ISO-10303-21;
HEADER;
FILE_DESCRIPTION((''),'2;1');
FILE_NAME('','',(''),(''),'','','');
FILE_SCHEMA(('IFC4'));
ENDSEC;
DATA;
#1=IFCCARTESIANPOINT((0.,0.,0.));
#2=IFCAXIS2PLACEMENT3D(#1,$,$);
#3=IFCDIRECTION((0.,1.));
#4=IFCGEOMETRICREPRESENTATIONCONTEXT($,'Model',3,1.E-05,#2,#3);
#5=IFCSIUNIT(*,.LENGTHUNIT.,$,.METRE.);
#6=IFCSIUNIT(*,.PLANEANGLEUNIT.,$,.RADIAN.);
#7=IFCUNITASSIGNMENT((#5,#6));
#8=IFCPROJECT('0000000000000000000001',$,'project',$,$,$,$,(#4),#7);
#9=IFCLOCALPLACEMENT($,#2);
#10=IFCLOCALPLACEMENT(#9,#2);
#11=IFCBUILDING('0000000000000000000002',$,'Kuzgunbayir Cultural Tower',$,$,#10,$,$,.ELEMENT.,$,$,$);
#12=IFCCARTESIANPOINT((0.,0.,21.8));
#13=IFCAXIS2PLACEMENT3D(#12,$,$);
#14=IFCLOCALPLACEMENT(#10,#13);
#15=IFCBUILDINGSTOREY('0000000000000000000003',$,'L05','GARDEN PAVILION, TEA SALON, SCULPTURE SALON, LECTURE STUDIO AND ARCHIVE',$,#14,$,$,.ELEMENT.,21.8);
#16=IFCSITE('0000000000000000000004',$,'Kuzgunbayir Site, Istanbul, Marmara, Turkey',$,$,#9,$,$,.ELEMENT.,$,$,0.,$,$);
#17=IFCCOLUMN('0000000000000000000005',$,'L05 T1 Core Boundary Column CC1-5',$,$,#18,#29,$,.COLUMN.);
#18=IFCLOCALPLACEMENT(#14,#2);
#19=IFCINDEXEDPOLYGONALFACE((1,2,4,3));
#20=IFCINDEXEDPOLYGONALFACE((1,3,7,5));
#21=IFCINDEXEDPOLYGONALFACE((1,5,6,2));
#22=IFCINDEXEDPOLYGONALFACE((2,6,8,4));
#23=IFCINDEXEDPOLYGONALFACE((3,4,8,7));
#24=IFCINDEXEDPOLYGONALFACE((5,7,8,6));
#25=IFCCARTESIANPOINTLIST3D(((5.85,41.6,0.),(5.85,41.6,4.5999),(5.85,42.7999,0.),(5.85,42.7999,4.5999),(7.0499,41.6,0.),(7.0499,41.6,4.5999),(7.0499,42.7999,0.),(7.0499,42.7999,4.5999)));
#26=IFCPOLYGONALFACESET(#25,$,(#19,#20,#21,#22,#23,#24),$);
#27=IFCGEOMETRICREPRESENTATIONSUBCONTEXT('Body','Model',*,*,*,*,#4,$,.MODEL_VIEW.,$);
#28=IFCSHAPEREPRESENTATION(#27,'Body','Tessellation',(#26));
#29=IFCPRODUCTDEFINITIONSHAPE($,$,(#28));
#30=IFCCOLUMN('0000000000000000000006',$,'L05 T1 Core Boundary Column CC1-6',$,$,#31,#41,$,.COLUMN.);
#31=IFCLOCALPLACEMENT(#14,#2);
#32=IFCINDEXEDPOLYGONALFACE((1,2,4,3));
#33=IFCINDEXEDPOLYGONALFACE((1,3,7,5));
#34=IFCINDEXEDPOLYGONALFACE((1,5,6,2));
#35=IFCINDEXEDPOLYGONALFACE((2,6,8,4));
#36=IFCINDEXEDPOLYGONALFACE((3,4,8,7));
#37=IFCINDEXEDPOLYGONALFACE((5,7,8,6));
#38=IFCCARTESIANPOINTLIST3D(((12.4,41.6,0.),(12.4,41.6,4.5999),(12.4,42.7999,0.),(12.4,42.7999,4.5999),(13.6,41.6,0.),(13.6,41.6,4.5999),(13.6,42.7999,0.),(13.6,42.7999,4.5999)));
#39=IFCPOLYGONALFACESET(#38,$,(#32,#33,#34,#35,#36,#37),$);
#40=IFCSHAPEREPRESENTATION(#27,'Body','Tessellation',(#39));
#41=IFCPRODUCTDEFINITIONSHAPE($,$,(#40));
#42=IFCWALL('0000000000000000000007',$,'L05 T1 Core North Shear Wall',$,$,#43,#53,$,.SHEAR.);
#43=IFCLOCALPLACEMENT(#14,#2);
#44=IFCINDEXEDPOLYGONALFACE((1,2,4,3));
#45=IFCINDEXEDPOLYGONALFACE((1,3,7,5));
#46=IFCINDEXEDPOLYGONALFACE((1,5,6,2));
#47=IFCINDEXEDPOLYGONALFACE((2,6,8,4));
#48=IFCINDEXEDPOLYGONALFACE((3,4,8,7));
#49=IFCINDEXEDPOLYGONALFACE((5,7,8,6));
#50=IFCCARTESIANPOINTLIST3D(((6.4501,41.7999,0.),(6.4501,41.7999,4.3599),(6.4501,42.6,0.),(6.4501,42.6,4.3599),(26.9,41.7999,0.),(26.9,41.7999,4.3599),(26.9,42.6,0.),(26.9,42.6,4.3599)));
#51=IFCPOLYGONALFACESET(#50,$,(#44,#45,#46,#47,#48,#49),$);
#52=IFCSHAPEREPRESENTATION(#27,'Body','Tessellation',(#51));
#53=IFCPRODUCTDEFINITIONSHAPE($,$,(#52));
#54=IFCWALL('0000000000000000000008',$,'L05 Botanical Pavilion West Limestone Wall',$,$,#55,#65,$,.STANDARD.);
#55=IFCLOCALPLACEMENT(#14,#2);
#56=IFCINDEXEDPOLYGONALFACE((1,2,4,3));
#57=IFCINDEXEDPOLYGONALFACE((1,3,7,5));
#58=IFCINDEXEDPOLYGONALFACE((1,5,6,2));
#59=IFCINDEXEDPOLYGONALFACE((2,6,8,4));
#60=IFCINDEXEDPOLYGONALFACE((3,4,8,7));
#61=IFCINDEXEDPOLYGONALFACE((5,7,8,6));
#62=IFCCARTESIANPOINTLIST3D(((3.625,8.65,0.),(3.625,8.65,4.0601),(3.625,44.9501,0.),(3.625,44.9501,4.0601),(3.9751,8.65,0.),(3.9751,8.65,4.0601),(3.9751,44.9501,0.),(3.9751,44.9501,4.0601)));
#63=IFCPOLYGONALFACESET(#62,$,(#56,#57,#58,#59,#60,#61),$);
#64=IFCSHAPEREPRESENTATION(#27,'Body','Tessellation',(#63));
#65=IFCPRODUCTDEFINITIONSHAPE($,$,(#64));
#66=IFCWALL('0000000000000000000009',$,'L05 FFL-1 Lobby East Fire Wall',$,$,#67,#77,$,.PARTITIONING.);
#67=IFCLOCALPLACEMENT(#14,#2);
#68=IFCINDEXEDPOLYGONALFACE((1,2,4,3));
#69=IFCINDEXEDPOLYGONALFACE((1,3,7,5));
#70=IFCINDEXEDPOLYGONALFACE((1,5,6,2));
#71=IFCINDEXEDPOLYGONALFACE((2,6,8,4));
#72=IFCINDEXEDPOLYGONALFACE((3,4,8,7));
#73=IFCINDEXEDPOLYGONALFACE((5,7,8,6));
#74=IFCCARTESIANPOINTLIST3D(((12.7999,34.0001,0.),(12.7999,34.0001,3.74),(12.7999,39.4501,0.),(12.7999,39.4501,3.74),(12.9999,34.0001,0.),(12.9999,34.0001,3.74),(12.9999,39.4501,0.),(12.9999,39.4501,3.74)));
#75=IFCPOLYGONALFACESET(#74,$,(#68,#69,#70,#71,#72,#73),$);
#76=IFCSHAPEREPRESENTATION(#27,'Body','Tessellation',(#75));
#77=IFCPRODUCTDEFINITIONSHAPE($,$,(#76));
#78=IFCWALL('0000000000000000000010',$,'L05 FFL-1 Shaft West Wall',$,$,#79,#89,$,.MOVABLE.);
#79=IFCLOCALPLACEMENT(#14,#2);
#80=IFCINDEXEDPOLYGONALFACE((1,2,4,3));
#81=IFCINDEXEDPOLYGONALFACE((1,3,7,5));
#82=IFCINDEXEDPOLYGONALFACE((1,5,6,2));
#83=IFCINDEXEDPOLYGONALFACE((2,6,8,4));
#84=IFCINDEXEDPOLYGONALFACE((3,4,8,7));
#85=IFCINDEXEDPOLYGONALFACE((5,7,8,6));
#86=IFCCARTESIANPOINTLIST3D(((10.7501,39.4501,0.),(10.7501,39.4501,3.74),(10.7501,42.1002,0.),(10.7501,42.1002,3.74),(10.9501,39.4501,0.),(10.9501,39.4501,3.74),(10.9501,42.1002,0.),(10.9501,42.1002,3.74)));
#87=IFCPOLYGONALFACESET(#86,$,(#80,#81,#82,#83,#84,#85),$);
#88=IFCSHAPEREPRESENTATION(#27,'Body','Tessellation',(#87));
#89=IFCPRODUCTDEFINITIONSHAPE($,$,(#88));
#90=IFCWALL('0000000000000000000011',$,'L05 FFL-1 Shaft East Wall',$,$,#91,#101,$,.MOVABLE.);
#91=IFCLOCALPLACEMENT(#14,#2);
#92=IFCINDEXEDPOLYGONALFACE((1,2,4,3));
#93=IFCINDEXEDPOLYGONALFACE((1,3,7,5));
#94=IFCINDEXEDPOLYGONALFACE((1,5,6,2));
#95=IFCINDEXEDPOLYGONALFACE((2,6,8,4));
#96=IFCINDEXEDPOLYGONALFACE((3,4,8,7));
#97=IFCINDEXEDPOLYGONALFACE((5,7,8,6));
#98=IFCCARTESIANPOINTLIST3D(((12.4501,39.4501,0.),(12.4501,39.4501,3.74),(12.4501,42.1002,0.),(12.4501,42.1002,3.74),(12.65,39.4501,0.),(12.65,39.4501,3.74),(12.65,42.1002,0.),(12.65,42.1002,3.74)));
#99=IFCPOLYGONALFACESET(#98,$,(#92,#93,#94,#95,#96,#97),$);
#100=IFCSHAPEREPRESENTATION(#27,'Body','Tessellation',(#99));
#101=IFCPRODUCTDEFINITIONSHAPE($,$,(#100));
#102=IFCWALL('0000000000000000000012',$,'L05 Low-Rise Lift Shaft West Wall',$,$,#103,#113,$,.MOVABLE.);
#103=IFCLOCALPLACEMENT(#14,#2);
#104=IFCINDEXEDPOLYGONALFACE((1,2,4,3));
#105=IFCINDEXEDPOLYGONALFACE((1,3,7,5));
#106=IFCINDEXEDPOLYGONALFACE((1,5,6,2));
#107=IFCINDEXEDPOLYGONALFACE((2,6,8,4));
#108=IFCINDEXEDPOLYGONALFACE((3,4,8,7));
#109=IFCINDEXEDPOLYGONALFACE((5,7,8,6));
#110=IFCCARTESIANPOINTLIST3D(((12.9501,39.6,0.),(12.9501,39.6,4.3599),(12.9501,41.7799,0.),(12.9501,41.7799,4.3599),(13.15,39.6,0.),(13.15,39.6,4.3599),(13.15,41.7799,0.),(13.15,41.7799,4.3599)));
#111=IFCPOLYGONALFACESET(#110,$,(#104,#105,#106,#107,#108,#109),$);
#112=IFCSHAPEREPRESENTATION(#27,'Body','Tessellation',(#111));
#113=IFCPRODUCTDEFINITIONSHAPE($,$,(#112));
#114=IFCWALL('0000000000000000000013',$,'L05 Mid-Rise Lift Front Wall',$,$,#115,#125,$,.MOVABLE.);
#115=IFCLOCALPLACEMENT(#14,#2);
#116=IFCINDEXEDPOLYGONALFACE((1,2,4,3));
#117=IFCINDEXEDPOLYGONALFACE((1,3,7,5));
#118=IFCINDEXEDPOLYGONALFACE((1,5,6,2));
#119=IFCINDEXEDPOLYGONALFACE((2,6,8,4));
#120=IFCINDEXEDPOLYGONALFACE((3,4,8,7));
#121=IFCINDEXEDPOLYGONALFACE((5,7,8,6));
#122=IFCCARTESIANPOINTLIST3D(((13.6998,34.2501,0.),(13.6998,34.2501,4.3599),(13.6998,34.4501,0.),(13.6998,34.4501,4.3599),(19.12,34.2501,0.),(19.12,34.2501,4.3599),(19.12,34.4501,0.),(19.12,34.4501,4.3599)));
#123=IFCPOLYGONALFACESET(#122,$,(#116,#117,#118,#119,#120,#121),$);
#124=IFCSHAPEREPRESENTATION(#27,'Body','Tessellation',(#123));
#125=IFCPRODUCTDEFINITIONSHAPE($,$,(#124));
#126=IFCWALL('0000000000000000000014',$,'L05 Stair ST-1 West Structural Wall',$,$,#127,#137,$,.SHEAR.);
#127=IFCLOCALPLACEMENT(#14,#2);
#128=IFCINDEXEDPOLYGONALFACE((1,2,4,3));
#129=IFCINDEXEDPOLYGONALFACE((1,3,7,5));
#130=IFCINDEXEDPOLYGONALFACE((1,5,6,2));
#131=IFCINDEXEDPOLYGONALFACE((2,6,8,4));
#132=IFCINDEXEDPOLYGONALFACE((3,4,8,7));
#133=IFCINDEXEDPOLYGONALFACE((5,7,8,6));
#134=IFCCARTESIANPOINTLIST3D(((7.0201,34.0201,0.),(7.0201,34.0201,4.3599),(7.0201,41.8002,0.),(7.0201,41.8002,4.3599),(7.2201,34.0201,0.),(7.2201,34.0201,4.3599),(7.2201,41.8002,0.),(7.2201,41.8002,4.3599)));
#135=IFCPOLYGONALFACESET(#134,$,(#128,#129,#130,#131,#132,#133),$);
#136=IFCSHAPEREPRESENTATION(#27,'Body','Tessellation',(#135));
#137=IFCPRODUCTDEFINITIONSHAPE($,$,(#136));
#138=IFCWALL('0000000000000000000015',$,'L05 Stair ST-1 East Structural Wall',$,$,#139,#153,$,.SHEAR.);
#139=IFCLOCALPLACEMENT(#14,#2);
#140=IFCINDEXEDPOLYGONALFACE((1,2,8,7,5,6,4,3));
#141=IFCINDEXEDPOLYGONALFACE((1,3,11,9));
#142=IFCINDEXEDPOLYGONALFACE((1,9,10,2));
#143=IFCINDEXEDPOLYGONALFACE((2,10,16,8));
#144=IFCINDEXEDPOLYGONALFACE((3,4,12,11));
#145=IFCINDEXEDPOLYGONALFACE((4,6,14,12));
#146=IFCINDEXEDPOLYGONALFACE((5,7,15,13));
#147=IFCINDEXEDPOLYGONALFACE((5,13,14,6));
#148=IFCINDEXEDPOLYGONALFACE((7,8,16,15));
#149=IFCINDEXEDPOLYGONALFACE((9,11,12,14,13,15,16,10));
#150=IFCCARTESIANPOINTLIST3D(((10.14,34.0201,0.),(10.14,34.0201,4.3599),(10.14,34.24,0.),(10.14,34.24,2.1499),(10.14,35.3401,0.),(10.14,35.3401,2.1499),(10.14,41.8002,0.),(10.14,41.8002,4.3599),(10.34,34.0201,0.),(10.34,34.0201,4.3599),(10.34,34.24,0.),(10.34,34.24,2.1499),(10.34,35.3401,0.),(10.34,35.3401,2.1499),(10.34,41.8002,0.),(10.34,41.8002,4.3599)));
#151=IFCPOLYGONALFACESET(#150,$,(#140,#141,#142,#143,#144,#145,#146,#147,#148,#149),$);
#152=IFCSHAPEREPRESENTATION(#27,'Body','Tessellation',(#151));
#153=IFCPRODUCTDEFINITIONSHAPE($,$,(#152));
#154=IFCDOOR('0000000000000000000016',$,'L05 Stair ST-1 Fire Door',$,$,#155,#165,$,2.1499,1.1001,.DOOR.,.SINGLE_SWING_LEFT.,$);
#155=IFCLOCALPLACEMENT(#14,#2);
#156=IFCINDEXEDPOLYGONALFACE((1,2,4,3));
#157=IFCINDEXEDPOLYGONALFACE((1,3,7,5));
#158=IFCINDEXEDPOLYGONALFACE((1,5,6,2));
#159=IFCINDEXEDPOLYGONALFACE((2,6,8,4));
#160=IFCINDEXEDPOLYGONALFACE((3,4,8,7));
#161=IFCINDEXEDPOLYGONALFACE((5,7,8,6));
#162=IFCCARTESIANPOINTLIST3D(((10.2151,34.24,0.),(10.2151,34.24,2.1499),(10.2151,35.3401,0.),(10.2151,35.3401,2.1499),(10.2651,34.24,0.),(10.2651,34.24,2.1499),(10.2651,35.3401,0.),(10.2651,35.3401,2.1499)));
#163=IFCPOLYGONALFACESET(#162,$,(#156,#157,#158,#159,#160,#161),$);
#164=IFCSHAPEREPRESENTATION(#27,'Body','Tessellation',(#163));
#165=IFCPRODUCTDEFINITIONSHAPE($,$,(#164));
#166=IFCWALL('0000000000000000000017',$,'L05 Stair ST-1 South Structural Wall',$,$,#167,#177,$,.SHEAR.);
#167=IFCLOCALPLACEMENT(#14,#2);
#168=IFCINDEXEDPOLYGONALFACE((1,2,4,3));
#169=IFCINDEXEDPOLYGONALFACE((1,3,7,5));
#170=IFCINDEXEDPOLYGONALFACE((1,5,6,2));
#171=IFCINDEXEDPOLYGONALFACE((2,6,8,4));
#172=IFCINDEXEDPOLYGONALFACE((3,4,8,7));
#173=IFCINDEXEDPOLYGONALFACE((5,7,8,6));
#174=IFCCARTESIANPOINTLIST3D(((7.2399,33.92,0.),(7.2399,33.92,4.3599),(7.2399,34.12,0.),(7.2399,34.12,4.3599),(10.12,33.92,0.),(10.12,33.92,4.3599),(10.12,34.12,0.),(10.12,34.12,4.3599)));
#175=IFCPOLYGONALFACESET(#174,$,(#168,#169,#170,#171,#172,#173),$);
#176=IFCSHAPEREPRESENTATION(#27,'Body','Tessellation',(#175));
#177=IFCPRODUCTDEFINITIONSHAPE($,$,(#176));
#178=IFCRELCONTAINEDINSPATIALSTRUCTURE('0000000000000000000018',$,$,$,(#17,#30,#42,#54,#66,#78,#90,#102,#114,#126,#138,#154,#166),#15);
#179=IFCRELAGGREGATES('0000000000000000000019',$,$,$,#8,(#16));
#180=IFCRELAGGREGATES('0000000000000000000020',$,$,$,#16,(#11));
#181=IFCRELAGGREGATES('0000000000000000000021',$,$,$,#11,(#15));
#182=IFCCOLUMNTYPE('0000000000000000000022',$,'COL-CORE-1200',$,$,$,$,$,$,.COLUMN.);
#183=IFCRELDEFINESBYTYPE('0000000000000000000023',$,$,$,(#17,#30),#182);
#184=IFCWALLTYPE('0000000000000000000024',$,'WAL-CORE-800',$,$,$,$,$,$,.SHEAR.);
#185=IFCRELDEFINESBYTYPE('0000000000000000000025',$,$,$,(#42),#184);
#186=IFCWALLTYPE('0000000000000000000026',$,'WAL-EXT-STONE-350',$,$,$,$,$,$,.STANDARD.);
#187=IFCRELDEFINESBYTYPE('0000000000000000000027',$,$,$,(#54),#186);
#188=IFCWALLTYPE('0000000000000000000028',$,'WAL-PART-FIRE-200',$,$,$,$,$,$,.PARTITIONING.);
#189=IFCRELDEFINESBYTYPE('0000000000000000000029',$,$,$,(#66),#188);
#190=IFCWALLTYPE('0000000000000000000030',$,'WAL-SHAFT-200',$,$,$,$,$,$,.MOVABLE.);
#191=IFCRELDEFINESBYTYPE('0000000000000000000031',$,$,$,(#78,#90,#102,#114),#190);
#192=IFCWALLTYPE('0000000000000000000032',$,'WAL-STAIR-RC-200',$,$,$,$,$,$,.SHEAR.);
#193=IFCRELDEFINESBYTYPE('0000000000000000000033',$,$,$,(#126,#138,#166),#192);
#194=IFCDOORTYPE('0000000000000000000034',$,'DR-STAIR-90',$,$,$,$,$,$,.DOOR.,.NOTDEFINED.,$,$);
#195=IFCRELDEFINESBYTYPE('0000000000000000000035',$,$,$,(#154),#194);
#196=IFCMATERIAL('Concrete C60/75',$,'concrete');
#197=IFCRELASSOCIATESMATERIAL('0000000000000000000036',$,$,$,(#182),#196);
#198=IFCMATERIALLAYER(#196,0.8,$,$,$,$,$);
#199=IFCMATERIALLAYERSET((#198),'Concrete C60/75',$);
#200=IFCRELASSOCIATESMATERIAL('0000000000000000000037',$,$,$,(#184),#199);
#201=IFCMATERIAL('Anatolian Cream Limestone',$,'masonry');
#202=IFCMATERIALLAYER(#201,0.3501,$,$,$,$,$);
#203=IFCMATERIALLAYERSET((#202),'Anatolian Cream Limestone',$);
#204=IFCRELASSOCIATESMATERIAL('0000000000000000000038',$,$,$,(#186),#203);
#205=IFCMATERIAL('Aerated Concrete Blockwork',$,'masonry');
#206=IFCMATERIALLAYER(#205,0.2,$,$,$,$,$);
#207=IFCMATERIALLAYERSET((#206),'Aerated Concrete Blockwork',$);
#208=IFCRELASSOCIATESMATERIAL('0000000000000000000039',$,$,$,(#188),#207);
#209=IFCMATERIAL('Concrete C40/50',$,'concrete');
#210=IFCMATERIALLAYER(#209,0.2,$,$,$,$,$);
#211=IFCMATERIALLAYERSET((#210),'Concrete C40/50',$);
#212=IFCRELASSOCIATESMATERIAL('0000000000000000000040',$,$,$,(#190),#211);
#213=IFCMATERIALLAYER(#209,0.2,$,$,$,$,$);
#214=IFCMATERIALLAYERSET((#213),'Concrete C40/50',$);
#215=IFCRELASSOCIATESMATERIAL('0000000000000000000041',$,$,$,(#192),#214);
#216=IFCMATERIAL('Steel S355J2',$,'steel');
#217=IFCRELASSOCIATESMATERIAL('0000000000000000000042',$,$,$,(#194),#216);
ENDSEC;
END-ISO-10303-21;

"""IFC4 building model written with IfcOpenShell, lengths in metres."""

from ifc_helpers import new_model, si_unit, direction, frame, frame_2d, origin, origin_2d, place, context, subcontext, project, spatial, rectangle, extrude, material, layer, layer_set, material_profile, profile_set, type_object, element, fill, save


model = new_model("IFC4")

# Units and contexts
model_context = context("Model", 3, precision=1e-05, world=origin(), true_north=direction((0.0, 1.0)))
body_context = subcontext(model_context, "Body", "Model", "MODEL_VIEW")
ifc_project = project(units=[si_unit("LENGTHUNIT", "METRE"), si_unit("PLANEANGLEUNIT", "RADIAN")], contexts=[model_context])

# Site, building, storey
site_placement = place(None, origin())
site = spatial("IfcSite", under=ifc_project, at=site_placement, Name="Kuzgunbayir Site, Istanbul, Marmara, Turkey", CompositionType="ELEMENT", RefElevation=0.0)
building_placement = place(site_placement, origin())
building = spatial("IfcBuilding", under=site, at=building_placement, Name="Kuzgunbayir Cultural Tower", CompositionType="ELEMENT")
storey_placement = place(building_placement, frame((0.0, 0.0, 21.8)))
storey = spatial("IfcBuildingStorey", under=building, at=storey_placement, Name="L05", Description="GARDEN PAVILION, TEA SALON, SCULPTURE SALON, LECTURE STUDIO AND ARCHIVE", CompositionType="ELEMENT", Elevation=21.8)

# Columns
ifc_material_1 = material(Name="Concrete C60/75", Category="concrete")
ifc_material_profile = material_profile(ifc_material_1, rectangle(XDim=1.2, YDim=1.2, at=origin_2d()), Name="RC 1200x1200")
ifc_profile_set = profile_set([ifc_material_profile], Name="Concrete C60/75")
column_type = type_object("IfcColumnType", Name="COL-CORE-1200", PredefinedType="COLUMN", material=ifc_profile_set)
for number, where, z_axis, x_axis, name in (
    (1, (6.45, 42.2, 0.0), (0.0, 0.0, 1.0), (1.0, 0.0, 0.0), "L05 T1 Core Boundary Column CC1-5"),
    (2, (13.0, 42.2, 0.0), (0.0, 0.0, 1.0), (1.0, 0.0, 0.0), "L05 T1 Core Boundary Column CC1-6"),
):
    element("IfcColumn", number, at=place(storey_placement, frame(where, z_axis=z_axis, x_axis=x_axis)), inside=storey, type_object=column_type, Name=name, PredefinedType="COLUMN", context=body_context, shape_type="SweptSolid", body=[
        extrude(rectangle(XDim=1.2, YDim=1.2, at=origin_2d()), origin(), (0.0, 0.0, 1.0), 4.5999),
    ])

# Walls
ifc_layer_1 = layer(ifc_material_1, 0.8)
ifc_layer_set_1 = layer_set([ifc_layer_1], Name="Concrete C60/75")
wall_type_1 = type_object("IfcWallType", Name="WAL-CORE-800", PredefinedType="SHEAR", material=ifc_layer_set_1)
wall_1_placement = place(storey_placement, frame((6.45, 42.2, 0.0), z_axis=(0.0, 0.0, 1.0), x_axis=(1.0, 0.0, 0.0)))
element("IfcWall", 3, at=wall_1_placement, inside=storey, type_object=wall_type_1, Name="L05 T1 Core North Shear Wall", PredefinedType="SHEAR", context=body_context, shape_type="SweptSolid", body=[
    extrude(rectangle(XDim=20.45, YDim=0.8, at=frame_2d((10.2251, 0.0))), origin(), (0.0, 0.0, 1.0), 4.3599),
])
ifc_material_2 = material(Name="Anatolian Cream Limestone", Category="masonry")
ifc_layer_2 = layer(ifc_material_2, 0.3501)
ifc_layer_set_2 = layer_set([ifc_layer_2], Name="Anatolian Cream Limestone")
wall_type_2 = type_object("IfcWallType", Name="WAL-EXT-STONE-350", PredefinedType="STANDARD", material=ifc_layer_set_2)
wall_2_placement = place(storey_placement, frame((3.8, 44.95, 0.0), z_axis=(0.0, 0.0, 1.0), x_axis=(0.0, -1.0, 0.0)))
element("IfcWall", 4, at=wall_2_placement, inside=storey, type_object=wall_type_2, Name="L05 Botanical Pavilion West Limestone Wall", PredefinedType="STANDARD", context=body_context, shape_type="SweptSolid", body=[
    extrude(rectangle(XDim=36.3, YDim=0.3501, at=frame_2d((18.1499, 0.0))), origin(), (0.0, 0.0, 1.0), 4.0601),
])
ifc_material_3 = material(Name="Aerated Concrete Blockwork", Category="masonry")
ifc_layer_3 = layer(ifc_material_3, 0.2)
ifc_layer_set_3 = layer_set([ifc_layer_3], Name="Aerated Concrete Blockwork")
wall_type_3 = type_object("IfcWallType", Name="WAL-PART-FIRE-200", PredefinedType="PARTITIONING", material=ifc_layer_set_3)
wall_3_placement = place(storey_placement, frame((12.8999, 34.0, 0.0), z_axis=(0.0, 0.0, 1.0), x_axis=(0.0, 1.0, 0.0)))
element("IfcWall", 5, at=wall_3_placement, inside=storey, type_object=wall_type_3, Name="L05 FFL-1 Lobby East Fire Wall", PredefinedType="PARTITIONING", context=body_context, shape_type="SweptSolid", body=[
    extrude(rectangle(XDim=5.45, YDim=0.2, at=frame_2d((2.7251, 0.0))), origin(), (0.0, 0.0, 1.0), 3.74),
])

# Shared definitions
ifc_material_4 = material(Name="Steel S355J2", Category="steel")
ifc_material_5 = material(Name="Concrete C40/50", Category="concrete")
ifc_layer_4 = layer(ifc_material_5, 0.2)
ifc_layer_set_4 = layer_set([ifc_layer_4], Name="Concrete C40/50")
wall_type_4 = type_object("IfcWallType", Name="WAL-SHAFT-200", PredefinedType="MOVABLE", material=ifc_layer_set_4)

# Walls
for number, where, z_axis, x_axis, name in (
    (6, (10.8501, 39.45, 0.0), (0.0, 0.0, 1.0), (0.0, 1.0, 0.0), "L05 FFL-1 Shaft West Wall"),
    (7, (12.55, 39.45, 0.0), (0.0, 0.0, 1.0), (0.0, 1.0, 0.0), "L05 FFL-1 Shaft East Wall"),
):
    element("IfcWall", number, at=place(storey_placement, frame(where, z_axis=z_axis, x_axis=x_axis)), inside=storey, type_object=wall_type_4, Name=name, PredefinedType="MOVABLE", context=body_context, shape_type="SweptSolid", body=[
        extrude(rectangle(XDim=2.6501, YDim=0.2, at=frame_2d((1.3252, 0.0))), origin(), (0.0, 0.0, 1.0), 3.74),
    ])

# Walls
wall_4_placement = place(storey_placement, frame((13.05, 39.6001, 0.0), z_axis=(0.0, 0.0, 1.0), x_axis=(0.0, 1.0, 0.0)))
element("IfcWall", 8, at=wall_4_placement, inside=storey, type_object=wall_type_4, Name="L05 Low-Rise Lift Shaft West Wall", PredefinedType="MOVABLE", context=body_context, shape_type="SweptSolid", body=[
    extrude(rectangle(XDim=2.1799, YDim=0.2, at=frame_2d((1.0898, 0.0))), origin(), (0.0, 0.0, 1.0), 4.3599),
])
wall_5_placement = place(storey_placement, frame((13.7, 34.3501, 0.0), z_axis=(0.0, 0.0, 1.0), x_axis=(1.0, 0.0, 0.0)))
element("IfcWall", 9, at=wall_5_placement, inside=storey, type_object=wall_type_4, Name="L05 Mid-Rise Lift Front Wall", PredefinedType="MOVABLE", context=body_context, shape_type="SweptSolid", body=[
    extrude(rectangle(XDim=5.4202, YDim=0.2, at=frame_2d((2.71, 0.0))), origin(), (0.0, 0.0, 1.0), 4.3599),
])
ifc_layer_5 = layer(ifc_material_5, 0.2)
ifc_layer_set_5 = layer_set([ifc_layer_5], Name="Concrete C40/50")
wall_type_5 = type_object("IfcWallType", Name="WAL-STAIR-RC-200", PredefinedType="SHEAR", material=ifc_layer_set_5)
wall_6_placement = place(storey_placement, frame((7.1201, 34.02, 0.0), z_axis=(0.0, 0.0, 1.0), x_axis=(0.0, 1.0, 0.0)))
element("IfcWall", 10, at=wall_6_placement, inside=storey, type_object=wall_type_5, Name="L05 Stair ST-1 West Structural Wall", PredefinedType="SHEAR", context=body_context, shape_type="SweptSolid", body=[
    extrude(rectangle(XDim=7.78, YDim=0.2, at=frame_2d((3.8901, 0.0))), origin(), (0.0, 0.0, 1.0), 4.3599),
])

# Wall, opening, door
wall_7_placement = place(storey_placement, frame((10.24, 34.02, 0.0), z_axis=(0.0, 0.0, 1.0), x_axis=(0.0, 1.0, 0.0)))
wall_7 = element("IfcWall", 11, at=wall_7_placement, inside=storey, type_object=wall_type_5, Name="L05 Stair ST-1 East Structural Wall", PredefinedType="SHEAR", context=body_context, shape_type="SweptSolid", body=[
    extrude(rectangle(XDim=7.78, YDim=0.2, at=frame_2d((3.8901, 0.0))), origin(), (0.0, 0.0, 1.0), 4.3599),
])
opening_1_placement = place(wall_7_placement, frame((0.22, 0.0, 0.0)))
opening_1 = element("IfcOpeningElement", 12, at=opening_1_placement, cuts=wall_7, PredefinedType="OPENING", context=body_context, shape_type="SweptSolid", body=[
    extrude(rectangle(XDim=1.1001, YDim=2.1499, at=frame_2d((0.55, 1.075))), frame((0.0, 0.1099, 0.0), z_axis=(0.0, -1.0, 0.0), x_axis=(1.0, 0.0, 0.0)), (0.0, 0.0, 1.0), 0.22),
])
door_type_1 = type_object("IfcDoorType", Name="DR-STAIR-90", OperationType="NOTDEFINED", PredefinedType="DOOR", material=ifc_material_4)
door_1_placement = place(opening_1_placement, origin())
door_1 = element("IfcDoor", 13, at=door_1_placement, inside=storey, type_object=door_type_1, Name="L05 Stair ST-1 Fire Door", OperationType="SINGLE_SWING_LEFT", OverallHeight=2.1499, OverallWidth=1.1001, PredefinedType="DOOR", context=body_context, shape_type="SweptSolid", body=[
    extrude(rectangle(XDim=1.1001, YDim=2.1499, at=frame_2d((0.55, 1.075))), frame((0.0, 0.0249, 0.0), z_axis=(0.0, -1.0, 0.0), x_axis=(1.0, 0.0, 0.0)), (0.0, 0.0, 1.0), 0.05),
])
fill(opening_1, door_1)

# Wall
wall_8_placement = place(storey_placement, frame((7.24, 34.02, 0.0), z_axis=(0.0, 0.0, 1.0), x_axis=(1.0, 0.0, 0.0)))
element("IfcWall", 14, at=wall_8_placement, inside=storey, type_object=wall_type_5, Name="L05 Stair ST-1 South Structural Wall", PredefinedType="SHEAR", context=body_context, shape_type="SweptSolid", body=[
    extrude(rectangle(XDim=2.8801, YDim=0.2, at=frame_2d((1.4399, 0.0))), origin(), (0.0, 0.0, 1.0), 4.3599),
])

save(model, "model.ifc")
